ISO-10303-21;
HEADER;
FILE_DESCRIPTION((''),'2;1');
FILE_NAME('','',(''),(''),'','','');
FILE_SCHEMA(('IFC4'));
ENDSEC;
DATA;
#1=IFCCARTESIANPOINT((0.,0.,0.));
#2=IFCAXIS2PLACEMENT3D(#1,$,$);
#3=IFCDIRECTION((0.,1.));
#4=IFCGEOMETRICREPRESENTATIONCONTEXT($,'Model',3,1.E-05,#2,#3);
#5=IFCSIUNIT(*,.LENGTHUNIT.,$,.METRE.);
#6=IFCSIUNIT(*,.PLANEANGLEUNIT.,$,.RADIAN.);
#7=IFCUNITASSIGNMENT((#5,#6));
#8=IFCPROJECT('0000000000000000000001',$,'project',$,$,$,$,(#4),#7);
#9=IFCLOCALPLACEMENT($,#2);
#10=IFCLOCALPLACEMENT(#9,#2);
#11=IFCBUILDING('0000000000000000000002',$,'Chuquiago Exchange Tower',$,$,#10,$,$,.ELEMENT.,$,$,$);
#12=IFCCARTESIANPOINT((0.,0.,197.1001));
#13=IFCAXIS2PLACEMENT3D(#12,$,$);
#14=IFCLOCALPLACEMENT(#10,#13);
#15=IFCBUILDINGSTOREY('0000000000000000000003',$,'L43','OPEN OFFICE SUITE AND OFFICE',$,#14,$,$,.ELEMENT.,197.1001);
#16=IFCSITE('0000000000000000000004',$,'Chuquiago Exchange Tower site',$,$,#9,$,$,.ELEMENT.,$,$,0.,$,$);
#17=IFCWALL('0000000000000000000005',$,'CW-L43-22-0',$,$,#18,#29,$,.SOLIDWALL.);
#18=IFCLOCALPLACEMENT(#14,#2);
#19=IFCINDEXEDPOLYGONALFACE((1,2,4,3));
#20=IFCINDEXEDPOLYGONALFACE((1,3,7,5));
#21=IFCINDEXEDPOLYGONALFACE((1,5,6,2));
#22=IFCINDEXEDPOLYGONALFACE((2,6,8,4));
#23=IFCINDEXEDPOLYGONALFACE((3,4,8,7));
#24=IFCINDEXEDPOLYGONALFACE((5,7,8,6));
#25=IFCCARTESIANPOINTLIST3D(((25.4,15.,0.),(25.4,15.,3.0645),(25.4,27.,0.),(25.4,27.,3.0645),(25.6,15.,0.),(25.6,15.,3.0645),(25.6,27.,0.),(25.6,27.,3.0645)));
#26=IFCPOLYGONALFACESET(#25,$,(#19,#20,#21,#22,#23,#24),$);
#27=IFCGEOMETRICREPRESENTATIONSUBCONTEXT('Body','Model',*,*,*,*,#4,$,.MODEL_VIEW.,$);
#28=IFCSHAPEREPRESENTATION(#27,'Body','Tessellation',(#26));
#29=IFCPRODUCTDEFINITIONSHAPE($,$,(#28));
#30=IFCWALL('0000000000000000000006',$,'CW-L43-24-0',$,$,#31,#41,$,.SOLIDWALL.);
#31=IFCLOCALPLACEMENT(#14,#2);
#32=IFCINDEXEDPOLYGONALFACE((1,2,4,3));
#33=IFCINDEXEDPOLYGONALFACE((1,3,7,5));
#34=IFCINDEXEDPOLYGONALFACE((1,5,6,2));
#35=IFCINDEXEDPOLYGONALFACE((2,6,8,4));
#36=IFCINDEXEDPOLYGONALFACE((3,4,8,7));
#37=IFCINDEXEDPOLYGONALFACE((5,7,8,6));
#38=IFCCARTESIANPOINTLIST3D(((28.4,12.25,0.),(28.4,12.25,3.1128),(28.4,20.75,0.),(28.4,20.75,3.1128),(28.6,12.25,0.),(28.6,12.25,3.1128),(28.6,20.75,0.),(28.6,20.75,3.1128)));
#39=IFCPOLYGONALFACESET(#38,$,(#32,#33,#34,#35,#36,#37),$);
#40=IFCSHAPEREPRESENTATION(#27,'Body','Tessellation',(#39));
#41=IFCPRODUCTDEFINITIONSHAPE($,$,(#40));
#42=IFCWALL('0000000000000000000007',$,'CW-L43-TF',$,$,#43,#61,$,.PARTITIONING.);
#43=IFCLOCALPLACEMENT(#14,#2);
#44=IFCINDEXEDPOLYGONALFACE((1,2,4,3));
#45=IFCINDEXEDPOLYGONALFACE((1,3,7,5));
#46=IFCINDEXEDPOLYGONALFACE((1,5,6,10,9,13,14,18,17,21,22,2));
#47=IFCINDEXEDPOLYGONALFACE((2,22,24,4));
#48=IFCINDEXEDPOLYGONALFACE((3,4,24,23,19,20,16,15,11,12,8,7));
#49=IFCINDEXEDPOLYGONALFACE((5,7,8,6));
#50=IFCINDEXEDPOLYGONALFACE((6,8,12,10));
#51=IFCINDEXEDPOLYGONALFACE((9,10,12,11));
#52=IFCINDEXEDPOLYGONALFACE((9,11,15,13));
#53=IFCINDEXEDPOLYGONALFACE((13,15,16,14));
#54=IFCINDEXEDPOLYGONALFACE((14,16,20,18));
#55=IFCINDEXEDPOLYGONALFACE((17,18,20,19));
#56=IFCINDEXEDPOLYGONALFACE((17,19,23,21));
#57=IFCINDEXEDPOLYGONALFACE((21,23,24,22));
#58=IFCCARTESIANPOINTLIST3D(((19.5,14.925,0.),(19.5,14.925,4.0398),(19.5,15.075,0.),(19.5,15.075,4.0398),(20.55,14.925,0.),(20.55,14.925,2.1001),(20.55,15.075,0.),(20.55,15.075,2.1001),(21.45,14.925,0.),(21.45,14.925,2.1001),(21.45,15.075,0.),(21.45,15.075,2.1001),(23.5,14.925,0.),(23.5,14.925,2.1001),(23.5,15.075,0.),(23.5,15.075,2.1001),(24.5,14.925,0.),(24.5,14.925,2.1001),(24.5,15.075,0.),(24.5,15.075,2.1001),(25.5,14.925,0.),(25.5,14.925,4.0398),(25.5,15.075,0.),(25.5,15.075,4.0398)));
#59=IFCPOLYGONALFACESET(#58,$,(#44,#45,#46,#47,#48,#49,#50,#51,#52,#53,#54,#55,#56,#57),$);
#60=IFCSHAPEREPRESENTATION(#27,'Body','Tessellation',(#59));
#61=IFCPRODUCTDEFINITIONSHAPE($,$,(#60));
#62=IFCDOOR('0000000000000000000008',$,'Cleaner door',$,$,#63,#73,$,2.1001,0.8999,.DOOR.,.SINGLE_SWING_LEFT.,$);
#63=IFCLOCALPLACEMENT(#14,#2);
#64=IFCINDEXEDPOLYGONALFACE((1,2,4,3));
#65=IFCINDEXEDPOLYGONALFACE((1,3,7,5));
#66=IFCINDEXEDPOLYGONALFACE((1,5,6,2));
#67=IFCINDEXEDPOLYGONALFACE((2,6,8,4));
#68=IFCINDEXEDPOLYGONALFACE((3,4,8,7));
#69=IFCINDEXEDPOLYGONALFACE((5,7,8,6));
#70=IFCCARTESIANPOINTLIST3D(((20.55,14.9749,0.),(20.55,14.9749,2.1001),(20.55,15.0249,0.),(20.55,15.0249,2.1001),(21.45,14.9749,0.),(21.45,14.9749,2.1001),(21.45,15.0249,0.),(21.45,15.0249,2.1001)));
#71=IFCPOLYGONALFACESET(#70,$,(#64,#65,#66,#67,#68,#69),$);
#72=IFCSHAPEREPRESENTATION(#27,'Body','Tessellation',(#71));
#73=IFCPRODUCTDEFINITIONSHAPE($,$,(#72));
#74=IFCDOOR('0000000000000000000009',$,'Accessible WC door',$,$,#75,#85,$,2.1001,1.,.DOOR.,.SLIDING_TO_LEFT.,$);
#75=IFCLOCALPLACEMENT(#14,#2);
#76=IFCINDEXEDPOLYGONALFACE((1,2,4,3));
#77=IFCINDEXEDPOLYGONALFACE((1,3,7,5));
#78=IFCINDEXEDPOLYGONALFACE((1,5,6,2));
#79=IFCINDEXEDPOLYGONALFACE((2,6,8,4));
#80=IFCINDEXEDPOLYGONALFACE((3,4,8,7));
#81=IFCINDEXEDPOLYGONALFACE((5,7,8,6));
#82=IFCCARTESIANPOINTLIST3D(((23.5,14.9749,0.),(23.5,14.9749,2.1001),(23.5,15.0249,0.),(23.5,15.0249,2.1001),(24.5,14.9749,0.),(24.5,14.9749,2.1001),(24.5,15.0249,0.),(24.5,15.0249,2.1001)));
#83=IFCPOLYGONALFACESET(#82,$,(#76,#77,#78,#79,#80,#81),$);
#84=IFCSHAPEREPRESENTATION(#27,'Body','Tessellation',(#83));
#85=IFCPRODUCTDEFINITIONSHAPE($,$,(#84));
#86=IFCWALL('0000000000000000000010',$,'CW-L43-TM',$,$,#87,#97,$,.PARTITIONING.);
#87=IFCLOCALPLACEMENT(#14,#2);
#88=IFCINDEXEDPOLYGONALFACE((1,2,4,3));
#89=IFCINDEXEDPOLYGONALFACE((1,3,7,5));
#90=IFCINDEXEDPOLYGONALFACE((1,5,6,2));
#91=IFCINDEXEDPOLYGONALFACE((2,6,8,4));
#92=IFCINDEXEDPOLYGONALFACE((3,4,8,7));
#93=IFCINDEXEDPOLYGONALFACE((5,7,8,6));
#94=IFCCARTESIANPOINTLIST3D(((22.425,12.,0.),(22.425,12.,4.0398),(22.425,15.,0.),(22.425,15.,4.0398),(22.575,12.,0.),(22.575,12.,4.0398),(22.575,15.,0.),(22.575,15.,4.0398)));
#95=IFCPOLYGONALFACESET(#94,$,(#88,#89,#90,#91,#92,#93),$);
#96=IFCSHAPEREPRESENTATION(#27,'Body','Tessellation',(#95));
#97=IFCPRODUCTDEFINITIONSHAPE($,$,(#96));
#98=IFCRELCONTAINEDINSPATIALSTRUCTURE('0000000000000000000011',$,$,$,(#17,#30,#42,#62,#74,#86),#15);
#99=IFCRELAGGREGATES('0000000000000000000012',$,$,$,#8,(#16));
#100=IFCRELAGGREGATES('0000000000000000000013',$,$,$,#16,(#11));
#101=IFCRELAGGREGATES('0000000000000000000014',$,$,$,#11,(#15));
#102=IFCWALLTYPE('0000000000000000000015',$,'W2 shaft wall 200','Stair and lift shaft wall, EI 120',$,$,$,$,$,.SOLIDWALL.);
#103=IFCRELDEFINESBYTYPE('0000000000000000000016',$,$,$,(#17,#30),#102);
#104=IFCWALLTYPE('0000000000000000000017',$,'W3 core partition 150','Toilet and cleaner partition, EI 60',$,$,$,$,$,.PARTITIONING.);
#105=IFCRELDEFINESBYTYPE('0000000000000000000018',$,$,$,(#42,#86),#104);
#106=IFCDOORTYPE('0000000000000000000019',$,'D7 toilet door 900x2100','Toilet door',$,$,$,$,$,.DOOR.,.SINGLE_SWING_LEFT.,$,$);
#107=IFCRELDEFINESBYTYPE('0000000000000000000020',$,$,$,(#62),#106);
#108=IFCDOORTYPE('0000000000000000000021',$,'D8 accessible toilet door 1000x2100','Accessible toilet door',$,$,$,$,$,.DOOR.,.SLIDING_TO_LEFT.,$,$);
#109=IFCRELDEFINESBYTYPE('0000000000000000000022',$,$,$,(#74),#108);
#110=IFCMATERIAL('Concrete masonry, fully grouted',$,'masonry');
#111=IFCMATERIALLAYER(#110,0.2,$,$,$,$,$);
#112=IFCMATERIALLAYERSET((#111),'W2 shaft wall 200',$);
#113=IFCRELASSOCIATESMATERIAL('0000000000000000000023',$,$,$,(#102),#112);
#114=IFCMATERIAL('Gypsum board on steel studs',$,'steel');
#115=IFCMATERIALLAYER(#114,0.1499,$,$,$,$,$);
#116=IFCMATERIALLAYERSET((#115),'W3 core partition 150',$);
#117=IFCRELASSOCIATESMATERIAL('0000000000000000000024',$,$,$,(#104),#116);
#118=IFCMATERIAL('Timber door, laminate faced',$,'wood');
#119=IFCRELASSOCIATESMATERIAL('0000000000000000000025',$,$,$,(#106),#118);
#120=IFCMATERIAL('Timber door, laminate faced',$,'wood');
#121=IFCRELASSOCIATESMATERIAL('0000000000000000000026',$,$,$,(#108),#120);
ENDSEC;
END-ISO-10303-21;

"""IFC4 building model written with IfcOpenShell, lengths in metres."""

from ifc_helpers import new_model, si_unit, direction, frame, frame_2d, origin, place, context, subcontext, project, spatial, rectangle, extrude, material, layer, layer_set, type_object, element, fill, save


model = new_model("IFC4")

# Units and contexts
model_context = context("Model", 3, precision=1e-05, world=origin(), true_north=direction((0.0, 1.0)))
body_context = subcontext(model_context, "Body", "Model", "MODEL_VIEW")
ifc_project = project(units=[si_unit("LENGTHUNIT", "METRE"), si_unit("PLANEANGLEUNIT", "RADIAN")], contexts=[model_context])

# Site, building, storey
site_placement = place(None, origin())
site = spatial("IfcSite", under=ifc_project, at=site_placement, Name="Chuquiago Exchange Tower site", CompositionType="ELEMENT", RefElevation=0.0)
building_placement = place(site_placement, origin())
building = spatial("IfcBuilding", under=site, at=building_placement, Name="Chuquiago Exchange Tower", CompositionType="ELEMENT")
storey_placement = place(building_placement, frame((0.0, 0.0, 197.1001)))
storey = spatial("IfcBuildingStorey", under=building, at=storey_placement, Name="L43", Description="OPEN OFFICE SUITE AND OFFICE", CompositionType="ELEMENT", Elevation=197.1001)

# Shared definitions
ifc_material_1 = material(Name="Concrete masonry, fully grouted", Category="masonry")
ifc_layer_1 = layer(ifc_material_1, 0.2)
ifc_layer_set_1 = layer_set([ifc_layer_1], Name="W2 shaft wall 200")
wall_type_1 = type_object("IfcWallType", Name="W2 shaft wall 200", Description="Stair and lift shaft wall, EI 120", PredefinedType="SOLIDWALL", material=ifc_layer_set_1)

# Walls
wall_1_placement = place(storey_placement, frame((25.5, 15.0, 0.0), z_axis=(0.0, 0.0, 1.0), x_axis=(0.0, 1.0, 0.0)))
element("IfcWall", 1, at=wall_1_placement, inside=storey, type_object=wall_type_1, Name="CW-L43-22-0", PredefinedType="SOLIDWALL", context=body_context, shape_type="SweptSolid", body=[
    extrude(rectangle(XDim=12.0, YDim=0.2, at=frame_2d((6.0, 0.0))), origin(), (0.0, 0.0, 1.0), 3.0645),
])
wall_2_placement = place(storey_placement, frame((28.5, 12.25, 0.0), z_axis=(0.0, 0.0, 1.0), x_axis=(0.0, 1.0, 0.0)))
element("IfcWall", 2, at=wall_2_placement, inside=storey, type_object=wall_type_1, Name="CW-L43-24-0", PredefinedType="SOLIDWALL", context=body_context, shape_type="SweptSolid", body=[
    extrude(rectangle(XDim=8.5, YDim=0.2, at=frame_2d((4.25, 0.0))), origin(), (0.0, 0.0, 1.0), 3.1128),
])

# Wall, openings, doors
ifc_material_2 = material(Name="Gypsum board on steel studs", Category="steel")
ifc_layer_2 = layer(ifc_material_2, 0.1499)
ifc_layer_set_2 = layer_set([ifc_layer_2], Name="W3 core partition 150")
wall_type_2 = type_object("IfcWallType", Name="W3 core partition 150", Description="Toilet and cleaner partition, EI 60", PredefinedType="PARTITIONING", material=ifc_layer_set_2)
wall_3_placement = place(storey_placement, frame((19.5, 15.0, 0.0), z_axis=(0.0, 0.0, 1.0), x_axis=(1.0, 0.0, 0.0)))
wall_3 = element("IfcWall", 3, at=wall_3_placement, inside=storey, type_object=wall_type_2, Name="CW-L43-TF", PredefinedType="PARTITIONING", context=body_context, shape_type="SweptSolid", body=[
    extrude(rectangle(XDim=6.0, YDim=0.1499, at=frame_2d((3.0, 0.0))), origin(), (0.0, 0.0, 1.0), 4.0398),
])
opening_1_placement = place(wall_3_placement, frame((4.0, 0.0, 0.0)))
opening_1 = element("IfcOpeningElement", 4, at=opening_1_placement, cuts=wall_3, PredefinedType="OPENING", context=body_context, shape_type="SweptSolid", body=[
    extrude(rectangle(XDim=1.0, YDim=2.1001, at=frame_2d((0.5, 1.05))), frame((0.0, 0.085, 0.0), z_axis=(0.0, -1.0, 0.0), x_axis=(1.0, 0.0, 0.0)), (0.0, 0.0, 1.0), 0.1699),
])
opening_2_placement = place(wall_3_placement, frame((1.05, 0.0, 0.0)))
opening_2 = element("IfcOpeningElement", 5, at=opening_2_placement, cuts=wall_3, PredefinedType="OPENING", context=body_context, shape_type="SweptSolid", body=[
    extrude(rectangle(XDim=0.8999, YDim=2.1001, at=frame_2d((0.45, 1.05))), frame((0.0, 0.085, 0.0), z_axis=(0.0, -1.0, 0.0), x_axis=(1.0, 0.0, 0.0)), (0.0, 0.0, 1.0), 0.1699),
])
ifc_material_3 = material(Name="Timber door, laminate faced", Category="wood")
door_type_1 = type_object("IfcDoorType", Name="D7 toilet door 900x2100", Description="Toilet door", OperationType="SINGLE_SWING_LEFT", PredefinedType="DOOR", material=ifc_material_3)
door_1_placement = place(opening_2_placement, origin())
door_1 = element("IfcDoor", 6, at=door_1_placement, inside=storey, type_object=door_type_1, Name="Cleaner door", OperationType="SINGLE_SWING_LEFT", OverallHeight=2.1001, OverallWidth=0.8999, PredefinedType="DOOR", context=body_context, shape_type="SweptSolid", body=[
    extrude(rectangle(XDim=0.8999, YDim=2.1001, at=frame_2d((0.45, 1.05))), frame((0.0, 0.0249, 0.0), z_axis=(0.0, -1.0, 0.0), x_axis=(1.0, 0.0, 0.0)), (0.0, 0.0, 1.0), 0.05),
])
fill(opening_2, door_1)
ifc_material_4 = material(Name="Timber door, laminate faced", Category="wood")
door_type_2 = type_object("IfcDoorType", Name="D8 accessible toilet door 1000x2100", Description="Accessible toilet door", OperationType="SLIDING_TO_LEFT", PredefinedType="DOOR", material=ifc_material_4)
door_2_placement = place(opening_1_placement, origin())
door_2 = element("IfcDoor", 7, at=door_2_placement, inside=storey, type_object=door_type_2, Name="Accessible WC door", OperationType="SLIDING_TO_LEFT", OverallHeight=2.1001, OverallWidth=1.0, PredefinedType="DOOR", context=body_context, shape_type="SweptSolid", body=[
    extrude(rectangle(XDim=1.0, YDim=2.1001, at=frame_2d((0.5, 1.05))), frame((0.0, 0.0249, 0.0), z_axis=(0.0, -1.0, 0.0), x_axis=(1.0, 0.0, 0.0)), (0.0, 0.0, 1.0), 0.05),
])
fill(opening_1, door_2)

# Wall
wall_4_placement = place(storey_placement, frame((22.5, 15.0, 0.0), z_axis=(0.0, 0.0, 1.0), x_axis=(0.0, -1.0, 0.0)))
element("IfcWall", 8, at=wall_4_placement, inside=storey, type_object=wall_type_2, Name="CW-L43-TM", PredefinedType="PARTITIONING", context=body_context, shape_type="SweptSolid", body=[
    extrude(rectangle(XDim=3.0, YDim=0.1499, at=frame_2d((1.5, 0.0))), origin(), (0.0, 0.0, 1.0), 4.0398),
])

save(model, "model.ifc")
